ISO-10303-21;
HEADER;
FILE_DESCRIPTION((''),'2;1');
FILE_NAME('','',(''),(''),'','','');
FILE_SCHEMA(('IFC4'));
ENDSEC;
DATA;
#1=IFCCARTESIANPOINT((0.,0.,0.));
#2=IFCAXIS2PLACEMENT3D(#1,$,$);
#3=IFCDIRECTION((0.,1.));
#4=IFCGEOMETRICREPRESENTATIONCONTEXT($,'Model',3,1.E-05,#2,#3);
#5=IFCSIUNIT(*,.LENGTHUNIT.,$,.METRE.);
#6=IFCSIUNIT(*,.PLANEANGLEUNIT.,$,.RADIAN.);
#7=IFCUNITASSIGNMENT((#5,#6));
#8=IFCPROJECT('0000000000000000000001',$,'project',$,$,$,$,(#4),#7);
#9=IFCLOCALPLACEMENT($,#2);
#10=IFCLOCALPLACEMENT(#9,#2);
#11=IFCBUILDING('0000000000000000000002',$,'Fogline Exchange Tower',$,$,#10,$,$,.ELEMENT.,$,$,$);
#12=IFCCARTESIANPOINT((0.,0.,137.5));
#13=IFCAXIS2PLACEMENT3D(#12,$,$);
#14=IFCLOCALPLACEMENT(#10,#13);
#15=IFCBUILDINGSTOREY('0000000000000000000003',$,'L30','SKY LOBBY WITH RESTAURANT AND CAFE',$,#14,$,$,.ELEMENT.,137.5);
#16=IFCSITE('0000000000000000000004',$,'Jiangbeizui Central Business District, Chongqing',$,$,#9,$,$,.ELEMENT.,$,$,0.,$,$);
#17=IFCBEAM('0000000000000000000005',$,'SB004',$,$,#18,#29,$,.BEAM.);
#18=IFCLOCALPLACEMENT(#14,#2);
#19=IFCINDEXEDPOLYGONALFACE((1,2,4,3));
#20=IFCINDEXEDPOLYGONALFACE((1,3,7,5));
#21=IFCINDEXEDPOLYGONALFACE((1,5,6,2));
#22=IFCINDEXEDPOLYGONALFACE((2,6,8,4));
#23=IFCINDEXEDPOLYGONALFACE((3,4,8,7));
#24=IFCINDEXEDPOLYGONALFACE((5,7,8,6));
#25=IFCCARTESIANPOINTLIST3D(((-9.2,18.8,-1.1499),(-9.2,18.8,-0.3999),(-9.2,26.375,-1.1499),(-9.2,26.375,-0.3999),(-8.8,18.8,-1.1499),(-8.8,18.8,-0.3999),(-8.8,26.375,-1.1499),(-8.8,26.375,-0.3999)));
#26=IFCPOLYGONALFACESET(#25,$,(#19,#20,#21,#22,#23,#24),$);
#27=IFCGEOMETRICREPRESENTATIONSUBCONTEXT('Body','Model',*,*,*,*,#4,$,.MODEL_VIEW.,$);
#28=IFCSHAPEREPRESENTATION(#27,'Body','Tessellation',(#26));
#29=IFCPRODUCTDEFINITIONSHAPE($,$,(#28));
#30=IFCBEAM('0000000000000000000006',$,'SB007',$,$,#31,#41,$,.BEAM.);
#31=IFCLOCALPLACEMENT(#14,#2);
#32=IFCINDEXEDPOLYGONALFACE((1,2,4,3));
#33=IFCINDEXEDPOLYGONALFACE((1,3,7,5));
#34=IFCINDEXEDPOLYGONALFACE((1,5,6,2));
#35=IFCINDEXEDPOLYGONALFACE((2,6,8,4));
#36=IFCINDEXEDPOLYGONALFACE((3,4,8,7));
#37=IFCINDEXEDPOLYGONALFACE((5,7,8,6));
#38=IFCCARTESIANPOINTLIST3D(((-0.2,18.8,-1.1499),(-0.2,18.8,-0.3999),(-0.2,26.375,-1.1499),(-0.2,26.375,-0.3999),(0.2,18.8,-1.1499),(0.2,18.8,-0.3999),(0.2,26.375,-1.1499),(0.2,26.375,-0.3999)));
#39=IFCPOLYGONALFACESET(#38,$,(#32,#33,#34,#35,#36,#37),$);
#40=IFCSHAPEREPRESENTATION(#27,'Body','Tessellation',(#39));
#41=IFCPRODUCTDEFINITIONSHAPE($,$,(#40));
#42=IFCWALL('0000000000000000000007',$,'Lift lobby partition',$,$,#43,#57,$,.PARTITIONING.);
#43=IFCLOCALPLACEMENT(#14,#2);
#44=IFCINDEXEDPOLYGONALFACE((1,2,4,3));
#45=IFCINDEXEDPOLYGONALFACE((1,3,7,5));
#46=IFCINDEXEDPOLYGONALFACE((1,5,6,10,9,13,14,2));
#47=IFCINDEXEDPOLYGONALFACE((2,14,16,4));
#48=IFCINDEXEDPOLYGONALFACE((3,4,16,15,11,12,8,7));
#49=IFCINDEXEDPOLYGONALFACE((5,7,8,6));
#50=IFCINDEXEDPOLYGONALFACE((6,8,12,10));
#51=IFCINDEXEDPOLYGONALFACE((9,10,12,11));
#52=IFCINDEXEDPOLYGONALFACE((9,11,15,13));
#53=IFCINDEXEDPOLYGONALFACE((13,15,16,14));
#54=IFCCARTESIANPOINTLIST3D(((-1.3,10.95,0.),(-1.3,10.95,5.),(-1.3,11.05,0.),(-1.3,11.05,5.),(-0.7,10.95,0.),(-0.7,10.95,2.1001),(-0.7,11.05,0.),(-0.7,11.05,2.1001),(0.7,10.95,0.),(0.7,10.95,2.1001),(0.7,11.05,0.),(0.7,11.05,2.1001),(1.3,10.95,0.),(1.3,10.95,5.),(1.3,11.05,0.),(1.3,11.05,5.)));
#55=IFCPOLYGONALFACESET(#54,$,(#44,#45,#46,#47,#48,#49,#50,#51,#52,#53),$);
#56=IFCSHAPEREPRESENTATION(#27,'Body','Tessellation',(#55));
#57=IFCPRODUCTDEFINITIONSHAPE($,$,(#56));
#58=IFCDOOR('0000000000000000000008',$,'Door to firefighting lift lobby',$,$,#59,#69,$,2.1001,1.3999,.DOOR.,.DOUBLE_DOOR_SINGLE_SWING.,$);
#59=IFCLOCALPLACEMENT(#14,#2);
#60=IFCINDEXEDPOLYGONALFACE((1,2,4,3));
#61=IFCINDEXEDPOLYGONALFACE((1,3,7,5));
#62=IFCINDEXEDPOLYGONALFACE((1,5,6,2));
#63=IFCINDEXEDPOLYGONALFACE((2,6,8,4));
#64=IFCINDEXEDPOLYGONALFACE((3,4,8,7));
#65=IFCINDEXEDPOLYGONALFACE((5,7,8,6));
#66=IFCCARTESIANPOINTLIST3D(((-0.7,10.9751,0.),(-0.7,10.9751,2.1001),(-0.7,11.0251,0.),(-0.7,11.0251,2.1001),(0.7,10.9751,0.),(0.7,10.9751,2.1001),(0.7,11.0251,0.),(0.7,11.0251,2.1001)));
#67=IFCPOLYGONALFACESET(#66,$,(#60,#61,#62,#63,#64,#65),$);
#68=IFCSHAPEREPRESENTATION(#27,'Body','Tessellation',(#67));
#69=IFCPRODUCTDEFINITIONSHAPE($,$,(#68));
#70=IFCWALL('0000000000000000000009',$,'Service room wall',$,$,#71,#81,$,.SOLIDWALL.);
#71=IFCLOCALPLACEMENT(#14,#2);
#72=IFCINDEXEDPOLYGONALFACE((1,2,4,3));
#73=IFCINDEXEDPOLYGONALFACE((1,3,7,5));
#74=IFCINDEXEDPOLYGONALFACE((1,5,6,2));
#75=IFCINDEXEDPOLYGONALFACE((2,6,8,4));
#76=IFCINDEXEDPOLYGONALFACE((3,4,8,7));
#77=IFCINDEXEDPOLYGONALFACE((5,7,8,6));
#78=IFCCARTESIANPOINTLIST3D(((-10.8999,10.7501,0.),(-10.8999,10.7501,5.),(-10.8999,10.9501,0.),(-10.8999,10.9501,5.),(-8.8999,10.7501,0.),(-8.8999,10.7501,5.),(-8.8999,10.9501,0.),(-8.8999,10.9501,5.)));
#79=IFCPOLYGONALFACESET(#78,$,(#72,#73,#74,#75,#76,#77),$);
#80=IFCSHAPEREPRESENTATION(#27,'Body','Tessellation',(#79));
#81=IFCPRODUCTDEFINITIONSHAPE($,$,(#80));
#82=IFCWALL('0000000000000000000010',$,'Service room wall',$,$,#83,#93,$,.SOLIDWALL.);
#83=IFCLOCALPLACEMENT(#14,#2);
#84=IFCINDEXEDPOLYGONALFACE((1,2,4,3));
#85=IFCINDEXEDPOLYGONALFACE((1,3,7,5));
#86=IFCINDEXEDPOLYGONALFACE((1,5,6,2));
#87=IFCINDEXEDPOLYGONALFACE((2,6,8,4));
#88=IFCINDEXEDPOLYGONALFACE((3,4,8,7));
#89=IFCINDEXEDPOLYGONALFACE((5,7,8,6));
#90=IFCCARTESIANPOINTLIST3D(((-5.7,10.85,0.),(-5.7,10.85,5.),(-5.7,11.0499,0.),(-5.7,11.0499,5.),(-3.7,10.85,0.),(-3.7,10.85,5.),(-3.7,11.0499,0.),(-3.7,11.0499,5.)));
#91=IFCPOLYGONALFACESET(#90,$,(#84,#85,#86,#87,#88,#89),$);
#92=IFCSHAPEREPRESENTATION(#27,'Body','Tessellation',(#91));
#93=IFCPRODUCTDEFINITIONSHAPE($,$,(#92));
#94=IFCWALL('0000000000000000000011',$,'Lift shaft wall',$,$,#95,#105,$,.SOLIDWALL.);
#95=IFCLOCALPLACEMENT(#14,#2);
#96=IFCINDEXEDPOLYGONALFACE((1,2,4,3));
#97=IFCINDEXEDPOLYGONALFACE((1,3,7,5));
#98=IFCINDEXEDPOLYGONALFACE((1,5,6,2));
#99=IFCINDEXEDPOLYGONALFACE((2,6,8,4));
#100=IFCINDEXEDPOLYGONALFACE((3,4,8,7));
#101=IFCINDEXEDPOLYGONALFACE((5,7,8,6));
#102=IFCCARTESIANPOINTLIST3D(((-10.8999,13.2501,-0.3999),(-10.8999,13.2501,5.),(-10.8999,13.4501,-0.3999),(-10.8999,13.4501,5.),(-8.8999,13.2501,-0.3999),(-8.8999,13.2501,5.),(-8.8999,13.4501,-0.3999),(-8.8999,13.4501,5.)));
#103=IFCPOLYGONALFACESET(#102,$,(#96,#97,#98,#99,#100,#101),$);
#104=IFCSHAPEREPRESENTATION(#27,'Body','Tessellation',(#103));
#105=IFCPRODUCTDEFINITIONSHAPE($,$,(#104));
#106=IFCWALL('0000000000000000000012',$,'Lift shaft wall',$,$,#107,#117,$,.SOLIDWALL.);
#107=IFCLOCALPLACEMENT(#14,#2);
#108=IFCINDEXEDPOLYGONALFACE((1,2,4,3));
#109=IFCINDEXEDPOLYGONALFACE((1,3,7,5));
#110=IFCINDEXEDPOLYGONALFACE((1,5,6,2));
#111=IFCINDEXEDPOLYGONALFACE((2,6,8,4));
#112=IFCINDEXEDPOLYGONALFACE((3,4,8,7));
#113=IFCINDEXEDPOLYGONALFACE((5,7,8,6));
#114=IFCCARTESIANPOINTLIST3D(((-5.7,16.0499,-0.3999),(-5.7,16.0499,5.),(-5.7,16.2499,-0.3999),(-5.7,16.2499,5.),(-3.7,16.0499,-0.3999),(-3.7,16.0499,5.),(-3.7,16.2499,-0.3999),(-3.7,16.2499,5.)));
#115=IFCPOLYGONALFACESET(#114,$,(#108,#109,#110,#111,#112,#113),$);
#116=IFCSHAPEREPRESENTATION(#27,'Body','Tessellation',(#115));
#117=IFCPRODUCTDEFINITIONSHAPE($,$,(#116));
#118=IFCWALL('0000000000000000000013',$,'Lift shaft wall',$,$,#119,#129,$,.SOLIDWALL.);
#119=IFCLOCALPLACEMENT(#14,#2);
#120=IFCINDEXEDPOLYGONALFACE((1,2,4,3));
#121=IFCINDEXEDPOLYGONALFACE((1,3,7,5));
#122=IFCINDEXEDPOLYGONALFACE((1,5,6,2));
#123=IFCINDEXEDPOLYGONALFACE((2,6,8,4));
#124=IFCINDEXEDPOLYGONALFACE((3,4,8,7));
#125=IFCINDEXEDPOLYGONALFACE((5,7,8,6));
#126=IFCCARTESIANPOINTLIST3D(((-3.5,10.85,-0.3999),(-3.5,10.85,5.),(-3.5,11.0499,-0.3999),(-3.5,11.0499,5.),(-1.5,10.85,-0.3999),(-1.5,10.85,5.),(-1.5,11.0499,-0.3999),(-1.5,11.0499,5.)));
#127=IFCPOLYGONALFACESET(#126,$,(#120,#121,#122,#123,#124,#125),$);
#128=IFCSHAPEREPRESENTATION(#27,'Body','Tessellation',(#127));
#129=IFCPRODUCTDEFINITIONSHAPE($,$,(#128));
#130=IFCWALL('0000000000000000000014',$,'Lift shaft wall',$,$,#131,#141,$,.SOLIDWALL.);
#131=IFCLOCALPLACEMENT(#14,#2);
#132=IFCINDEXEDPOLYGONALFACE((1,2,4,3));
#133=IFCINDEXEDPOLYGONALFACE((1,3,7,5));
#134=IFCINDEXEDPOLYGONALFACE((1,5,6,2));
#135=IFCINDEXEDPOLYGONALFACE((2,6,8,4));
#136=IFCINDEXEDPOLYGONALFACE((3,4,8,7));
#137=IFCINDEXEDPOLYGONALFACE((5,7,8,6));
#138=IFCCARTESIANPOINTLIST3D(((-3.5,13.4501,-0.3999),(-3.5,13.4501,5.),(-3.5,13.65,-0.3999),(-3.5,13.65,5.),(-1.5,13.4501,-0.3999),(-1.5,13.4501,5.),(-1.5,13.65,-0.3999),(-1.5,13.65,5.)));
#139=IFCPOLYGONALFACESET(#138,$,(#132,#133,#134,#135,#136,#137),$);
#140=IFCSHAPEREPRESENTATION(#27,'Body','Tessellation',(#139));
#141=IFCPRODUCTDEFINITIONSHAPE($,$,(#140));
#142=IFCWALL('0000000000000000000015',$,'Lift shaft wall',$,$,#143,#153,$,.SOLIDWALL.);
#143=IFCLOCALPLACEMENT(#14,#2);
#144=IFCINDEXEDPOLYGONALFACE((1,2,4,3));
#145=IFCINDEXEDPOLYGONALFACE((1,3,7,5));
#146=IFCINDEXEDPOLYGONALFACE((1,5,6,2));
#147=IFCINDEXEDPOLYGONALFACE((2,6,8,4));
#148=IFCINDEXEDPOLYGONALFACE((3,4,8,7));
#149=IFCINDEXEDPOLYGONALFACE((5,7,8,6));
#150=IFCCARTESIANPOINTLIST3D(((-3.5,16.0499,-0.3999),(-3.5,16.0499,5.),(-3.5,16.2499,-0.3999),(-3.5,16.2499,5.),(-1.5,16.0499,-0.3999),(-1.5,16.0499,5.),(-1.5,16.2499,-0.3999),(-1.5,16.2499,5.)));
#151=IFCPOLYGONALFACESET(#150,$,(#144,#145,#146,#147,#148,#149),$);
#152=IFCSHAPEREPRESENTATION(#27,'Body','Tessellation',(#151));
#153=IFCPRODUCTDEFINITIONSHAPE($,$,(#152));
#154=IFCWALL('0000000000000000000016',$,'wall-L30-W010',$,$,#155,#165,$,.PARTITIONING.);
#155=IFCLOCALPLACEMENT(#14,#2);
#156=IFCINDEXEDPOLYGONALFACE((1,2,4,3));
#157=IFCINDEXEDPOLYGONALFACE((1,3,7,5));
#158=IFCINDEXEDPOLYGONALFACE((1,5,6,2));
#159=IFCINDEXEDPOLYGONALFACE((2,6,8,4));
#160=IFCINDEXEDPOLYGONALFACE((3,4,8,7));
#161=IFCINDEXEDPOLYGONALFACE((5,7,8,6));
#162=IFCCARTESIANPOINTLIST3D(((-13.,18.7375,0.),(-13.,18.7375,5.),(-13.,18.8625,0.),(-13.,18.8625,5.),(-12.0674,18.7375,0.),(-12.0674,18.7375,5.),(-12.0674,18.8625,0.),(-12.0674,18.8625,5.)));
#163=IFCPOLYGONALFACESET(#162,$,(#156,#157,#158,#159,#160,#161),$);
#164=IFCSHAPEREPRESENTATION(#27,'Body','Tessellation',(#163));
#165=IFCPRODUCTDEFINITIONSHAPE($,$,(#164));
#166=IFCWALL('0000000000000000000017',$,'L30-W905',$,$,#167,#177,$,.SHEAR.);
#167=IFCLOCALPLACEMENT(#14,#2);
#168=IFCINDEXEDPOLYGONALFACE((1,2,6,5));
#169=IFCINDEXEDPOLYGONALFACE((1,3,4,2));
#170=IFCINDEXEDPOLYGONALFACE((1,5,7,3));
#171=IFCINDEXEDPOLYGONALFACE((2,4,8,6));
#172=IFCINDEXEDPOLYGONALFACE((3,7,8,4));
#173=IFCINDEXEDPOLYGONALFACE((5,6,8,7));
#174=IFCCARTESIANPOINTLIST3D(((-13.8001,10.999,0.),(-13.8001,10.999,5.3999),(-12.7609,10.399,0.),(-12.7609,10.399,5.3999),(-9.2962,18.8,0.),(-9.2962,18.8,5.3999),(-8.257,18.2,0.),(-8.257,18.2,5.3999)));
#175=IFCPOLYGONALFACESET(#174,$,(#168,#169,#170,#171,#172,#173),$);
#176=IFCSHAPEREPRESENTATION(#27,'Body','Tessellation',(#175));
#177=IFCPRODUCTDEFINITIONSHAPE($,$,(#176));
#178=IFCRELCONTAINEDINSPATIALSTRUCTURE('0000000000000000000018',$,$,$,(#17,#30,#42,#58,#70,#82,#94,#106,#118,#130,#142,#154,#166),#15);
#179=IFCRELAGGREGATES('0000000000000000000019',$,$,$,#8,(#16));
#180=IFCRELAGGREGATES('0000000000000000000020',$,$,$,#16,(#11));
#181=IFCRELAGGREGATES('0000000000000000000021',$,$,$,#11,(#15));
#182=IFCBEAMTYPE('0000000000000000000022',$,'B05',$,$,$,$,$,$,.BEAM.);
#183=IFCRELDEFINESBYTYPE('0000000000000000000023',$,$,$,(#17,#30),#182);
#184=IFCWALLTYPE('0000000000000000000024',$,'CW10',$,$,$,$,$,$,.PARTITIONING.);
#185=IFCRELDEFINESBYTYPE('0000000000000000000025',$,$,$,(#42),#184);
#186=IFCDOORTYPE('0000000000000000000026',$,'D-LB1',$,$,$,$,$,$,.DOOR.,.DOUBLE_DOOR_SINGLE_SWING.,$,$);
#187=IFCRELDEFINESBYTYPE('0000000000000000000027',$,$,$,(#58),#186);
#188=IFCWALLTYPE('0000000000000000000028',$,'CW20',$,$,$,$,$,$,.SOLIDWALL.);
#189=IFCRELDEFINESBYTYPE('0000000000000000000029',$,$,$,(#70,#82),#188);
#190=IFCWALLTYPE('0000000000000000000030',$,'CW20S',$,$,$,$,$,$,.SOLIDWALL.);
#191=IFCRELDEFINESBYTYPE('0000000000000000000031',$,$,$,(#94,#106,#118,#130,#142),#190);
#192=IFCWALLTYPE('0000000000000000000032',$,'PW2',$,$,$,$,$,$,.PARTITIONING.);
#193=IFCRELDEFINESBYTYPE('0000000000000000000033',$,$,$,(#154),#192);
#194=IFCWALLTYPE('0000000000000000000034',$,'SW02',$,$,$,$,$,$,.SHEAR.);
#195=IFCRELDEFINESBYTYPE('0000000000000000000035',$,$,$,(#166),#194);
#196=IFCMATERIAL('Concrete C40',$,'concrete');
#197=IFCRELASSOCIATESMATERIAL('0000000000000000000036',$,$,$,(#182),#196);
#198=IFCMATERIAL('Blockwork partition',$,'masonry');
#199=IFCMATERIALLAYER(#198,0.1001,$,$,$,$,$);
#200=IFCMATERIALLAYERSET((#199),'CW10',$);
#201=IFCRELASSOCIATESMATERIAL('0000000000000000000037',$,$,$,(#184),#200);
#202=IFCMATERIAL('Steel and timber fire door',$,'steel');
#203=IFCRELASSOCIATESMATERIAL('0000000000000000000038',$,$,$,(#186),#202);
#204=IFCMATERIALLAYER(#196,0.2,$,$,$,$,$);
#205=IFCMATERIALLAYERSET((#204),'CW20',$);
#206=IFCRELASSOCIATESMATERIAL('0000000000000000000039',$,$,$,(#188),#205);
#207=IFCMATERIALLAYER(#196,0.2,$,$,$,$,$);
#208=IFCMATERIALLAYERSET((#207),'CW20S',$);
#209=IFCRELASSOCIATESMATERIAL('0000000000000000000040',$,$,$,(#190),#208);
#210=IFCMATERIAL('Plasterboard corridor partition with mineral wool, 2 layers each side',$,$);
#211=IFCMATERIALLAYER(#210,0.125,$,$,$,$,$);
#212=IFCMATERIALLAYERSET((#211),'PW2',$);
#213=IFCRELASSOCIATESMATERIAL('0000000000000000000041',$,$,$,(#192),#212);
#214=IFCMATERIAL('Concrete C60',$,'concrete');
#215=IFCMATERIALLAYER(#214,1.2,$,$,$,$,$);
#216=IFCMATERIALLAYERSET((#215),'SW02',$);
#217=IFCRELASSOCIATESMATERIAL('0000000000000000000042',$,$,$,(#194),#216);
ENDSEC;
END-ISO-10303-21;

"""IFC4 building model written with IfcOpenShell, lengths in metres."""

from ifc_helpers import new_model, si_unit, direction, frame, frame_2d, origin, origin_2d, place, context, subcontext, project, spatial, rectangle, extrude, material, layer, layer_set, material_profile, profile_set, type_object, element, fill, save


model = new_model("IFC4")

# Units and contexts
model_context = context("Model", 3, precision=1e-05, world=origin(), true_north=direction((0.0, 1.0)))
body_context = subcontext(model_context, "Body", "Model", "MODEL_VIEW")
ifc_project = project(units=[si_unit("LENGTHUNIT", "METRE"), si_unit("PLANEANGLEUNIT", "RADIAN")], contexts=[model_context])

# Site, building, storey
site_placement = place(None, origin())
site = spatial("IfcSite", under=ifc_project, at=site_placement, Name="Jiangbeizui Central Business District, Chongqing", CompositionType="ELEMENT", RefElevation=0.0)
building_placement = place(site_placement, origin())
building = spatial("IfcBuilding", under=site, at=building_placement, Name="Fogline Exchange Tower", CompositionType="ELEMENT")
storey_placement = place(building_placement, frame((0.0, 0.0, 137.5)))
storey = spatial("IfcBuildingStorey", under=building, at=storey_placement, Name="L30", Description="SKY LOBBY WITH RESTAURANT AND CAFE", CompositionType="ELEMENT", Elevation=137.5)

# Beams
ifc_material_1 = material(Name="Concrete C40", Category="concrete")
ifc_material_profile = material_profile(ifc_material_1, rectangle(XDim=0.3999, YDim=0.75, at=origin_2d()), Name="RC 400x750")
ifc_profile_set = profile_set([ifc_material_profile], Name="Concrete C40")
beam_type = type_object("IfcBeamType", Name="B05", PredefinedType="BEAM", material=ifc_profile_set)
for number, where, z_axis, x_axis, name in (
    (1, (-9.0, 18.8, -0.7749), (0.0, 1.0, 0.0), (-1.0, 0.0, 0.0), "SB004"),
    (2, (0.0, 18.8, -0.7749), (0.0, 1.0, 0.0), (-1.0, 0.0, 0.0), "SB007"),
):
    element("IfcBeam", number, at=place(storey_placement, frame(where, z_axis=z_axis, x_axis=x_axis)), inside=storey, type_object=beam_type, Name=name, PredefinedType="BEAM", context=body_context, shape_type="SweptSolid", body=[
        extrude(rectangle(XDim=0.3999, YDim=0.75, at=origin_2d()), origin(), (0.0, 0.0, 1.0), 7.575),
    ])

# Wall, opening, door
ifc_material_2 = material(Name="Blockwork partition", Category="masonry")
ifc_layer_1 = layer(ifc_material_2, 0.1001)
ifc_layer_set_1 = layer_set([ifc_layer_1], Name="CW10")
wall_type_1 = type_object("IfcWallType", Name="CW10", PredefinedType="PARTITIONING", material=ifc_layer_set_1)
wall_1_placement = place(storey_placement, frame((-1.3, 11.0, 0.0), z_axis=(0.0, 0.0, 1.0), x_axis=(1.0, 0.0, 0.0)))
wall_1 = element("IfcWall", 3, at=wall_1_placement, inside=storey, type_object=wall_type_1, Name="Lift lobby partition", PredefinedType="PARTITIONING", context=body_context, shape_type="SweptSolid", body=[
    extrude(rectangle(XDim=2.6001, YDim=0.1001, at=frame_2d((1.3, 0.0))), origin(), (0.0, 0.0, 1.0), 5.0),
])
opening_placement = place(wall_1_placement, frame((0.6001, 0.0, 0.0)))
opening = element("IfcOpeningElement", 4, at=opening_placement, cuts=wall_1, PredefinedType="OPENING", context=body_context, shape_type="SweptSolid", body=[
    extrude(rectangle(XDim=1.3999, YDim=2.1001, at=frame_2d((0.7, 1.05))), frame((0.0, 0.0601, 0.0), z_axis=(0.0, -1.0, 0.0), x_axis=(1.0, 0.0, 0.0)), (0.0, 0.0, 1.0), 0.1201),
])
ifc_material_3 = material(Name="Steel and timber fire door", Category="steel")
door_type = type_object("IfcDoorType", Name="D-LB1", OperationType="DOUBLE_DOOR_SINGLE_SWING", PredefinedType="DOOR", material=ifc_material_3)
door_placement = place(opening_placement, frame((1.3999, 0.0, 0.0), z_axis=(0.0, 0.0, 1.0), x_axis=(-1.0, 0.0, 0.0)))
door = element("IfcDoor", 5, at=door_placement, inside=storey, type_object=door_type, Name="Door to firefighting lift lobby", OperationType="DOUBLE_DOOR_SINGLE_SWING", OverallHeight=2.1001, OverallWidth=1.3999, PredefinedType="DOOR", context=body_context, shape_type="SweptSolid", body=[
    extrude(rectangle(XDim=1.3999, YDim=2.1001, at=frame_2d((0.7, 1.05))), frame((0.0, 0.0249, 0.0), z_axis=(0.0, -1.0, 0.0), x_axis=(1.0, 0.0, 0.0)), (0.0, 0.0, 1.0), 0.05),
])
fill(opening, door)

# Walls
ifc_layer_2 = layer(ifc_material_1, 0.2)
ifc_layer_set_2 = layer_set([ifc_layer_2], Name="CW20")
wall_type_2 = type_object("IfcWallType", Name="CW20", PredefinedType="SOLIDWALL", material=ifc_layer_set_2)
for number, where, z_axis, x_axis, name in (
    (6, (-10.8999, 10.8501, 0.0), (0.0, 0.0, 1.0), (1.0, 0.0, 0.0), "Service room wall"),
    (7, (-5.7, 10.95, 0.0), (0.0, 0.0, 1.0), (1.0, 0.0, 0.0), "Service room wall"),
):
    element("IfcWall", number, at=place(storey_placement, frame(where, z_axis=z_axis, x_axis=x_axis)), inside=storey, type_object=wall_type_2, Name=name, PredefinedType="SOLIDWALL", context=body_context, shape_type="SweptSolid", body=[
        extrude(rectangle(XDim=2.0, YDim=0.2, at=frame_2d((1.0, 0.0))), origin(), (0.0, 0.0, 1.0), 5.0),
    ])
ifc_layer_3 = layer(ifc_material_1, 0.2)
ifc_layer_set_3 = layer_set([ifc_layer_3], Name="CW20S")
wall_type_3 = type_object("IfcWallType", Name="CW20S", PredefinedType="SOLIDWALL", material=ifc_layer_set_3)
for number, where, z_axis, x_axis, name in (
    (8, (-10.8999, 13.3501, -0.3999), (0.0, 0.0, 1.0), (1.0, 0.0, 0.0), "Lift shaft wall"),
    (9, (-5.7, 16.1499, -0.3999), (0.0, 0.0, 1.0), (1.0, 0.0, 0.0), "Lift shaft wall"),
    (10, (-3.5, 10.95, -0.3999), (0.0, 0.0, 1.0), (1.0, 0.0, 0.0), "Lift shaft wall"),
    (11, (-3.5, 13.55, -0.3999), (0.0, 0.0, 1.0), (1.0, 0.0, 0.0), "Lift shaft wall"),
    (12, (-3.5, 16.1499, -0.3999), (0.0, 0.0, 1.0), (1.0, 0.0, 0.0), "Lift shaft wall"),
):
    element("IfcWall", number, at=place(storey_placement, frame(where, z_axis=z_axis, x_axis=x_axis)), inside=storey, type_object=wall_type_3, Name=name, PredefinedType="SOLIDWALL", context=body_context, shape_type="SweptSolid", body=[
        extrude(rectangle(XDim=2.0, YDim=0.2, at=frame_2d((1.0, 0.0))), origin(), (0.0, 0.0, 1.0), 5.3999),
    ])
ifc_material_4 = material(Name="Plasterboard corridor partition with mineral wool, 2 layers each side")
ifc_layer_4 = layer(ifc_material_4, 0.125)
ifc_layer_set_4 = layer_set([ifc_layer_4], Name="PW2")
wall_type_4 = type_object("IfcWallType", Name="PW2", PredefinedType="PARTITIONING", material=ifc_layer_set_4)
wall_2_placement = place(storey_placement, frame((-12.0674, 18.8, 0.0), z_axis=(0.0, 0.0, 1.0), x_axis=(-1.0, 0.0, 0.0)))
element("IfcWall", 13, at=wall_2_placement, inside=storey, type_object=wall_type_4, Name="wall-L30-W010", PredefinedType="PARTITIONING", context=body_context, shape_type="SweptSolid", body=[
    extrude(rectangle(XDim=0.9326, YDim=0.125, at=frame_2d((0.4663, 0.0))), origin(), (0.0, 0.0, 1.0), 5.0),
])
ifc_material_5 = material(Name="Concrete C60", Category="concrete")
ifc_layer_5 = layer(ifc_material_5, 1.2)
ifc_layer_set_5 = layer_set([ifc_layer_5], Name="SW02")
wall_type_5 = type_object("IfcWallType", Name="SW02", PredefinedType="SHEAR", material=ifc_layer_set_5)
wall_3_placement = place(storey_placement, frame((-8.7766, 18.5, 0.0), z_axis=(0.0, 0.0, 1.0), x_axis=(-0.499999, -0.866026, 0.0)))
element("IfcWall", 14, at=wall_3_placement, inside=storey, type_object=wall_type_5, Name="L30-W905", PredefinedType="SHEAR", context=body_context, shape_type="SweptSolid", body=[
    extrude(rectangle(XDim=9.0078, YDim=1.2, at=frame_2d((4.5039, 0.0))), origin(), (0.0, 0.0, 1.0), 5.3999),
])

save(model, "model.ifc")
